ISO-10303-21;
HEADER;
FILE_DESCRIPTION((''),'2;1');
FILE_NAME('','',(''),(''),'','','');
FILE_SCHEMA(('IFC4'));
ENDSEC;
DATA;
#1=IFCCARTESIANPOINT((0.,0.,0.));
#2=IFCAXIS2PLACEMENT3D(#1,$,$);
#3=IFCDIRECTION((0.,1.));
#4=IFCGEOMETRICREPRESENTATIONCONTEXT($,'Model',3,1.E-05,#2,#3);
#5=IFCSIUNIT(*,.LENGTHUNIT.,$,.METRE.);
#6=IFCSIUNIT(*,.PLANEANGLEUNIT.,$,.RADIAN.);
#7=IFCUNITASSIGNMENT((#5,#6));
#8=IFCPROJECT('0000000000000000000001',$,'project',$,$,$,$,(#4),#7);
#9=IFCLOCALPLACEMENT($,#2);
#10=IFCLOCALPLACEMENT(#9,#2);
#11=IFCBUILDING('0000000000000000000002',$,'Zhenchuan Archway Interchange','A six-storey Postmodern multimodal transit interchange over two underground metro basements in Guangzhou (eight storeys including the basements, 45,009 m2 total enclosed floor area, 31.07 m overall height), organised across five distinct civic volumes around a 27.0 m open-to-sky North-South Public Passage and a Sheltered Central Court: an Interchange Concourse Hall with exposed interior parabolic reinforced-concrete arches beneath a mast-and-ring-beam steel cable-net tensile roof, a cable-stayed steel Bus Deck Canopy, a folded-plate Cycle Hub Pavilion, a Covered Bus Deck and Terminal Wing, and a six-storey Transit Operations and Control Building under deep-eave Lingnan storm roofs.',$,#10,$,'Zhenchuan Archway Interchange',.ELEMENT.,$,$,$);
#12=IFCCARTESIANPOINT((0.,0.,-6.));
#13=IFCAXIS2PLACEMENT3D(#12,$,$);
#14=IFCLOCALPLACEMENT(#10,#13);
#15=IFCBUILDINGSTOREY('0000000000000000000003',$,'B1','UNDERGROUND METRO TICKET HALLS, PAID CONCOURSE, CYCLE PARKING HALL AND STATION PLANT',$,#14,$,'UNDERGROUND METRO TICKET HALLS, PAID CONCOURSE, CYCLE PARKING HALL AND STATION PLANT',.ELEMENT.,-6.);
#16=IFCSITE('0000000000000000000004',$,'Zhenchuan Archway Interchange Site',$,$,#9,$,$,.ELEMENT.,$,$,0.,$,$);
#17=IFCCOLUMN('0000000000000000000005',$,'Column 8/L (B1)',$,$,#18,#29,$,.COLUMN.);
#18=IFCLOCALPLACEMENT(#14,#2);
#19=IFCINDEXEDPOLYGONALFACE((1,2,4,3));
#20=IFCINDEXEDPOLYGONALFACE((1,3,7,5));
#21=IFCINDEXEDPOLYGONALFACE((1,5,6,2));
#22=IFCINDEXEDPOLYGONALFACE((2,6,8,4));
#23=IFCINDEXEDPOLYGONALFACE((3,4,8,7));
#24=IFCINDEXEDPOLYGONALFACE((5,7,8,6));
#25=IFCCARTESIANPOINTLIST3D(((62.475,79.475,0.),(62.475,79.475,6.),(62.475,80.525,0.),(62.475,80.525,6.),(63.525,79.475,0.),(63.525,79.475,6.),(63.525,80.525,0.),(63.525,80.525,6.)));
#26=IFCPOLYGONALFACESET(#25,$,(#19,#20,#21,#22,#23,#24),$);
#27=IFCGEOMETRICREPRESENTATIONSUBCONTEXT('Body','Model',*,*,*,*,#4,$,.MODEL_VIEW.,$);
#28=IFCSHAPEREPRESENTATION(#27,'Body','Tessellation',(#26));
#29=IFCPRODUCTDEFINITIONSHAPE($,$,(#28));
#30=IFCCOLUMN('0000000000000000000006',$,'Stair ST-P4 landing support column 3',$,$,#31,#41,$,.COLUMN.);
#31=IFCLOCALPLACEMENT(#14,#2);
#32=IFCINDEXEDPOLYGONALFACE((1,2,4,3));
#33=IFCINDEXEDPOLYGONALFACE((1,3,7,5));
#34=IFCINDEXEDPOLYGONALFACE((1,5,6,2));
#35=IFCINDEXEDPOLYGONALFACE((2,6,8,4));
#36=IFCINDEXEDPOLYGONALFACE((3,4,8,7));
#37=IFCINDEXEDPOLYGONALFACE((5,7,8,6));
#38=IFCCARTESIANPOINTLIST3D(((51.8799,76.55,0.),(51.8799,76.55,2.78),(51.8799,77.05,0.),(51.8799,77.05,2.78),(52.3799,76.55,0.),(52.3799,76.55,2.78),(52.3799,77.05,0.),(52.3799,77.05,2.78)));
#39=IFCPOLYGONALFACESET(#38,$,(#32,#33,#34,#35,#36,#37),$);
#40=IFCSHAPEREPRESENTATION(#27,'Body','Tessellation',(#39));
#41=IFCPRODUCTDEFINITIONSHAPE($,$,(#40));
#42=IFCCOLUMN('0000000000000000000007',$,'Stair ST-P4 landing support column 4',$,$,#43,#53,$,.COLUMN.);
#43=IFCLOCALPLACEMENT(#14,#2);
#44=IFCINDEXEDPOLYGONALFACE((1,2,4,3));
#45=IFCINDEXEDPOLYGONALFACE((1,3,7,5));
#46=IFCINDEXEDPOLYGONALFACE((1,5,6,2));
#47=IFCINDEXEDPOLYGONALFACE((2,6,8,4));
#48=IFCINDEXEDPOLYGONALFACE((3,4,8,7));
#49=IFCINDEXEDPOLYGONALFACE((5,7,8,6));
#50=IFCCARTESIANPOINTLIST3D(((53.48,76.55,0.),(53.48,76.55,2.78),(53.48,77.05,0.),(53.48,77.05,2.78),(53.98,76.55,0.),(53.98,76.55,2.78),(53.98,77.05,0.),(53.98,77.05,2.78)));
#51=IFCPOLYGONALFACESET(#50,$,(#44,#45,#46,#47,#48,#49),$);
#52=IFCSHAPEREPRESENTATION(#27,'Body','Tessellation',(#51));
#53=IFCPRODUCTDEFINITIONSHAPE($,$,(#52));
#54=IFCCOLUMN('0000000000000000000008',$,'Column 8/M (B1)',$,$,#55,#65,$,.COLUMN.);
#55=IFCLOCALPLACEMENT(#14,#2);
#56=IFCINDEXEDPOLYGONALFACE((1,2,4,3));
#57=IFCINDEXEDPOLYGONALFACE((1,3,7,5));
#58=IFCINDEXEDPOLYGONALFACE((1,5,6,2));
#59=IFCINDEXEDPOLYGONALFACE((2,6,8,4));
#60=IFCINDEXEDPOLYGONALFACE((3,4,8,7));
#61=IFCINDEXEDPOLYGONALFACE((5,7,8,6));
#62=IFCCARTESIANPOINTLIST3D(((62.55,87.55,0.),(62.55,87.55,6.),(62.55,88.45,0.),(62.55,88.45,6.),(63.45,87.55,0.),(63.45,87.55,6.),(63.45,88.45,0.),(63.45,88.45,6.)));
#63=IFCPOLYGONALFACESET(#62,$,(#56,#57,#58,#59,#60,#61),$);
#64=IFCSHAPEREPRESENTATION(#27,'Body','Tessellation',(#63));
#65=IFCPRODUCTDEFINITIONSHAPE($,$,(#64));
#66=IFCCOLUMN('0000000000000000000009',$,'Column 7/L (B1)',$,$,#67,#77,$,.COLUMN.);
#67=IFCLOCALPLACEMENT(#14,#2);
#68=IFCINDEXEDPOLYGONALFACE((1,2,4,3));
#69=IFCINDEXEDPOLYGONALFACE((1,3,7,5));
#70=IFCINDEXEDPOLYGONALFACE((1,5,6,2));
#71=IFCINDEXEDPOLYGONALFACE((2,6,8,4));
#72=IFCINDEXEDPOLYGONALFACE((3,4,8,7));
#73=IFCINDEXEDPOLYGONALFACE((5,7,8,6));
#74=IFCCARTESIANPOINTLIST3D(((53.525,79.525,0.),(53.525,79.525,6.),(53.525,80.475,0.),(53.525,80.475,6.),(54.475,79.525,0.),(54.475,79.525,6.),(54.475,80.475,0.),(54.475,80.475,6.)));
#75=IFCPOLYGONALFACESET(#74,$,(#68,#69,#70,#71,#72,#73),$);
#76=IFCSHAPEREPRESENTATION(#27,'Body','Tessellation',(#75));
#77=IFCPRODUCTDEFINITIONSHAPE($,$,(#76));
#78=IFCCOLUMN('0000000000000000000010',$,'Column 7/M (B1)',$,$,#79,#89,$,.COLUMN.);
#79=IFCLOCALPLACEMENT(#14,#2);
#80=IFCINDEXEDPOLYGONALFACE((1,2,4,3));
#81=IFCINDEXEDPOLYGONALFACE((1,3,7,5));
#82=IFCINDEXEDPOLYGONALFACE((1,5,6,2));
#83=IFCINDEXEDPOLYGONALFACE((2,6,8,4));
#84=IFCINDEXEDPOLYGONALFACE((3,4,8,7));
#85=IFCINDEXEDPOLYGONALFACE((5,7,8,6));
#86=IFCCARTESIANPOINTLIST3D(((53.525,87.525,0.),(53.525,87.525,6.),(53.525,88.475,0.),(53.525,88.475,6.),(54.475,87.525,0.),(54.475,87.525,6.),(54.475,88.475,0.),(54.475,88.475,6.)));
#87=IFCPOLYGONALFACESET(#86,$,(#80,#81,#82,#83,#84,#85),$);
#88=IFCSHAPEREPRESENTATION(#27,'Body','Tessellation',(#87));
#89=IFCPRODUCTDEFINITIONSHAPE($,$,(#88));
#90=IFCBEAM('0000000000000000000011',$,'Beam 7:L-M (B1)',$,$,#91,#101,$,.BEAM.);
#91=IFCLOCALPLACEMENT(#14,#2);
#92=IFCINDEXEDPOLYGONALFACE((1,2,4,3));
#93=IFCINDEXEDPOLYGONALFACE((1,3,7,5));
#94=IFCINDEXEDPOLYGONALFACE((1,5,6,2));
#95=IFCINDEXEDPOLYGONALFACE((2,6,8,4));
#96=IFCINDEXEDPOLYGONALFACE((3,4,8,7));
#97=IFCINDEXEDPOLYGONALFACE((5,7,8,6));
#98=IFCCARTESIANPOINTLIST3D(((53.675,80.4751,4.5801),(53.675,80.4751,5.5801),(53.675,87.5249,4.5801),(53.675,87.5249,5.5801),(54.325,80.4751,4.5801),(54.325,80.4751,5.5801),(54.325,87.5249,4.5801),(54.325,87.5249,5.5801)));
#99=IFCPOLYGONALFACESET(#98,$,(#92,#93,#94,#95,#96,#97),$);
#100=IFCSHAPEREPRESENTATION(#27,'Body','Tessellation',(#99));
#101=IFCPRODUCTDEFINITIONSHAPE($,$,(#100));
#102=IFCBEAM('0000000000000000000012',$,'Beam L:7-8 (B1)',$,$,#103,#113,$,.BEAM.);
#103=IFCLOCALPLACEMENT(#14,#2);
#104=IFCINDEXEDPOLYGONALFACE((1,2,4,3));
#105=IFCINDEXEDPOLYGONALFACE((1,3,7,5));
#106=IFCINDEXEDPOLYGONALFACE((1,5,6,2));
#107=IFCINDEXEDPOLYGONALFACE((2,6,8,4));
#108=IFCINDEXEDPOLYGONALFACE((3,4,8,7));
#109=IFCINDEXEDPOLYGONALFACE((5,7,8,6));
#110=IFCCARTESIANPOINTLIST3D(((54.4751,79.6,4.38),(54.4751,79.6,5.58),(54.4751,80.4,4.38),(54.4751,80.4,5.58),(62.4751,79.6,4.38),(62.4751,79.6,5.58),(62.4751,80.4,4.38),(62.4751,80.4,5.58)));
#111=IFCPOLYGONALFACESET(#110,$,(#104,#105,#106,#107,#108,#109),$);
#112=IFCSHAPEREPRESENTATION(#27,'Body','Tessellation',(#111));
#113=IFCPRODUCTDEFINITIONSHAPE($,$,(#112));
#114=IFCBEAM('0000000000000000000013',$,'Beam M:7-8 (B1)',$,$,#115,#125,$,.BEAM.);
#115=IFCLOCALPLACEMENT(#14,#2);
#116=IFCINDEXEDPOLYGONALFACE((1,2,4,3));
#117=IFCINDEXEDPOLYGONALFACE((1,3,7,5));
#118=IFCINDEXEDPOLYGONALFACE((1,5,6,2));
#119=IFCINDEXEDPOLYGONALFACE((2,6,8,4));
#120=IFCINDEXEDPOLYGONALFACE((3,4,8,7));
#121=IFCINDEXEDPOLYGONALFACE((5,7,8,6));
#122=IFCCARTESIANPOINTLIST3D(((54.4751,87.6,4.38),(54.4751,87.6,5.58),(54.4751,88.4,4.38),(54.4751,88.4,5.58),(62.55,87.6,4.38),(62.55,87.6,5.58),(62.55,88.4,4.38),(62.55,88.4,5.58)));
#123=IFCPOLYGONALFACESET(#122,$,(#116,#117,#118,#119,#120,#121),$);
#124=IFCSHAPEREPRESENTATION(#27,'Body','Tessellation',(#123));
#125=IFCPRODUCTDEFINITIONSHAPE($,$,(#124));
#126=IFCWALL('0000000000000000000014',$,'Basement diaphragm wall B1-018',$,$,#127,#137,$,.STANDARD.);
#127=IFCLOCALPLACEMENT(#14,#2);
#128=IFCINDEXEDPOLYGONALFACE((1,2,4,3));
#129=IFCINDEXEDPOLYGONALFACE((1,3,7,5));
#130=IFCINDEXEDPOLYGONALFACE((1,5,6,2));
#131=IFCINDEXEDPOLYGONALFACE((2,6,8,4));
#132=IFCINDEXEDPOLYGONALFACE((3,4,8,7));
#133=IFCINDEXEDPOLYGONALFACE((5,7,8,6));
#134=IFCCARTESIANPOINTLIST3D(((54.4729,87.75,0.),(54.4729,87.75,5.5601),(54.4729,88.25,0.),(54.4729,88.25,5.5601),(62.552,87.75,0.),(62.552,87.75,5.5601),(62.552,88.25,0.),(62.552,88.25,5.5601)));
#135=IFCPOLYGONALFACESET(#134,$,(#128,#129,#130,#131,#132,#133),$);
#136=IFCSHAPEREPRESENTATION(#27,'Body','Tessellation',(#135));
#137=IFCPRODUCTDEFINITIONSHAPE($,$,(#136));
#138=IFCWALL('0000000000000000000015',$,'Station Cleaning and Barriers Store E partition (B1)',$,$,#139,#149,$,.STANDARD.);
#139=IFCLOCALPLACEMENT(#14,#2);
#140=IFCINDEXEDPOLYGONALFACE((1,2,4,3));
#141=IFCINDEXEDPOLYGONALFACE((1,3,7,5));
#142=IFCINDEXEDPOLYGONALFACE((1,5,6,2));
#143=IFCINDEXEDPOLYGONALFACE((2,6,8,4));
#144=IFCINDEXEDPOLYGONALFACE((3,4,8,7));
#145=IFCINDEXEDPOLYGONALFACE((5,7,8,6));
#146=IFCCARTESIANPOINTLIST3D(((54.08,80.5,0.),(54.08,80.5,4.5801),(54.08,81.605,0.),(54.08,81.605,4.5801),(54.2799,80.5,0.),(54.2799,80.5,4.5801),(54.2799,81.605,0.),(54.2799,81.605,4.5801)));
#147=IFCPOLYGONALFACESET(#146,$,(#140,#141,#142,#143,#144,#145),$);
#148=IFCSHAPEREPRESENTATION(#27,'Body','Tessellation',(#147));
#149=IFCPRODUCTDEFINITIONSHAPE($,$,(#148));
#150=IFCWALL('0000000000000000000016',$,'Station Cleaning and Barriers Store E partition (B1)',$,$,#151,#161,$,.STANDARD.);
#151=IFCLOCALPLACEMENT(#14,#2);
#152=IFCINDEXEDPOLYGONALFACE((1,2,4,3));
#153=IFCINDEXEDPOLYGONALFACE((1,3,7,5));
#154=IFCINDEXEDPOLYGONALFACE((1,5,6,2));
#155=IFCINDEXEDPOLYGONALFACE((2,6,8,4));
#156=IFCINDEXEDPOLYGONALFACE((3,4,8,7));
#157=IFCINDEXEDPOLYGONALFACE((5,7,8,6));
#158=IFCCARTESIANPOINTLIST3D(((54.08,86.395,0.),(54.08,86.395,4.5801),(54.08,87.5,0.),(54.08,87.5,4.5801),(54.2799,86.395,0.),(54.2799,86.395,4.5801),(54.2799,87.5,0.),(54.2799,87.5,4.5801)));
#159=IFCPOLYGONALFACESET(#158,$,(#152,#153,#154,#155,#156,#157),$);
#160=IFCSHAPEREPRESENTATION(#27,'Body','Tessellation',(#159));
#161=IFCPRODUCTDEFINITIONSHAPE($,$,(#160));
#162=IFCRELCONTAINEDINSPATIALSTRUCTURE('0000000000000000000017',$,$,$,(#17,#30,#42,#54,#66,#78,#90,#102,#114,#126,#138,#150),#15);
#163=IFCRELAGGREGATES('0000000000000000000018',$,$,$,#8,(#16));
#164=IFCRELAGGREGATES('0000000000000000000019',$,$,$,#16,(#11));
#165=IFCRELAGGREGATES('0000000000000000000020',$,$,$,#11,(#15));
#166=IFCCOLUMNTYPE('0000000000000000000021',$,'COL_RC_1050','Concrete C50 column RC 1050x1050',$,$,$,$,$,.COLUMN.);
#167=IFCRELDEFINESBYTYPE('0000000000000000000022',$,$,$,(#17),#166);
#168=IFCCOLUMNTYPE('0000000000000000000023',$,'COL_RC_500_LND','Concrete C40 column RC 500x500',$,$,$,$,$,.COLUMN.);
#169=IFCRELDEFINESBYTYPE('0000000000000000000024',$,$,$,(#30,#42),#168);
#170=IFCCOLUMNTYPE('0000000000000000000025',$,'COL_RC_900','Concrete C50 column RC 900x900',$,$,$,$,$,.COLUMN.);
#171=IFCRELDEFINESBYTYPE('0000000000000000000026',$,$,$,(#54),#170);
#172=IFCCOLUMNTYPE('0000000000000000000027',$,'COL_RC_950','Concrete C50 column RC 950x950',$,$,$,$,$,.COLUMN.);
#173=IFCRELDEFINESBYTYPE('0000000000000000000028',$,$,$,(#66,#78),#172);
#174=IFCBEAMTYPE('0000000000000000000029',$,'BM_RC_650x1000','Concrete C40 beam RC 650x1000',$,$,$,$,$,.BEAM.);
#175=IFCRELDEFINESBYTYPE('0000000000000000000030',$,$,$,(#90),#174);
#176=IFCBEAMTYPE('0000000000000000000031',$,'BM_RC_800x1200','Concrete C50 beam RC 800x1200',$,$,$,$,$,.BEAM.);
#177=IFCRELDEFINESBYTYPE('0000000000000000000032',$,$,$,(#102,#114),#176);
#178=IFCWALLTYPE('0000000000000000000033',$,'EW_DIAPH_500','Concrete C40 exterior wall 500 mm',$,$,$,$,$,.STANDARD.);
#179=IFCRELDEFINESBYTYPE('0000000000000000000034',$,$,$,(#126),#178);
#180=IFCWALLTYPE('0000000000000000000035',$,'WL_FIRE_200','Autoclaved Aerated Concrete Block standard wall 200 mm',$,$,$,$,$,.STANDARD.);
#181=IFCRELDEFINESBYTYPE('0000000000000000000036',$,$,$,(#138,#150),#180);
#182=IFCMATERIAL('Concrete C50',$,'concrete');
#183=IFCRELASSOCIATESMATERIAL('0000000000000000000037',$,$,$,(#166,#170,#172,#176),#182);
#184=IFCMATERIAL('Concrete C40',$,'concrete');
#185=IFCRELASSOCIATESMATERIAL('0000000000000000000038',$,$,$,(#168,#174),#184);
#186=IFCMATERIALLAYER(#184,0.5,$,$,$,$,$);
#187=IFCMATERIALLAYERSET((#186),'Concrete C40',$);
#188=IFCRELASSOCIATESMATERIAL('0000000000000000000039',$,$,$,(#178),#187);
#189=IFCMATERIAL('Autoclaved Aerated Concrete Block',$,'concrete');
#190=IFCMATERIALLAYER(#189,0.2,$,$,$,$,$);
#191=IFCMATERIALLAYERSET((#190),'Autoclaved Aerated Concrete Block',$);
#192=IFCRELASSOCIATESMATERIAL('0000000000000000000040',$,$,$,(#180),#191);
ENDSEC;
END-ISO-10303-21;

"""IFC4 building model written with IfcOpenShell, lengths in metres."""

from ifc_helpers import new_model, si_unit, direction, frame, frame_2d, origin, origin_2d, place, context, subcontext, project, spatial, rectangle, extrude, material, layer, layer_set, material_profile, profile_set, type_object, element, save


model = new_model("IFC4")

# Units and contexts
model_context = context("Model", 3, precision=1e-05, world=origin(), true_north=direction((0.0, 1.0)))
body_context = subcontext(model_context, "Body", "Model", "MODEL_VIEW")
ifc_project = project(units=[si_unit("LENGTHUNIT", "METRE"), si_unit("PLANEANGLEUNIT", "RADIAN")], contexts=[model_context])

# Site, building, storey
site_placement = place(None, origin())
site = spatial("IfcSite", under=ifc_project, at=site_placement, Name="Zhenchuan Archway Interchange Site", CompositionType="ELEMENT", RefElevation=0.0)
building_placement = place(site_placement, origin())
building = spatial("IfcBuilding", under=site, at=building_placement, Name="Zhenchuan Archway Interchange", Description="A six-storey Postmodern multimodal transit interchange over two underground metro basements in Guangzhou (eight storeys including the basements, 45,009 m2 total enclosed floor area, 31.07 m overall height), organised across five distinct civic volumes around a 27.0 m open-to-sky North-South Public Passage and a Sheltered Central Court: an Interchange Concourse Hall with exposed interior parabolic reinforced-concrete arches beneath a mast-and-ring-beam steel cable-net tensile roof, a cable-stayed steel Bus Deck Canopy, a folded-plate Cycle Hub Pavilion, a Covered Bus Deck and Terminal Wing, and a six-storey Transit Operations and Control Building under deep-eave Lingnan storm roofs.", LongName="Zhenchuan Archway Interchange", CompositionType="ELEMENT")
storey_placement = place(building_placement, frame((0.0, 0.0, -6.0)))
storey = spatial("IfcBuildingStorey", under=building, at=storey_placement, Name="B1", Description="UNDERGROUND METRO TICKET HALLS, PAID CONCOURSE, CYCLE PARKING HALL AND STATION PLANT", LongName="UNDERGROUND METRO TICKET HALLS, PAID CONCOURSE, CYCLE PARKING HALL AND STATION PLANT", CompositionType="ELEMENT", Elevation=-6.0)

# Columns
ifc_material_1 = material(Name="Concrete C50", Category="concrete")
ifc_material_profile_1 = material_profile(ifc_material_1, rectangle(XDim=1.05, YDim=1.05, at=origin_2d()), Name="RC 1050x1050")
ifc_profile_set_1 = profile_set([ifc_material_profile_1], Name="Concrete C50")
column_type_1 = type_object("IfcColumnType", Name="COL_RC_1050", Description="Concrete C50 column RC 1050x1050", PredefinedType="COLUMN", material=ifc_profile_set_1)
column_1_placement = place(storey_placement, frame((63.0, 80.0, 0.0), z_axis=(0.0, 0.0, 1.0), x_axis=(1.0, 0.0, 0.0)))
element("IfcColumn", 1, at=column_1_placement, inside=storey, type_object=column_type_1, Name="Column 8/L (B1)", PredefinedType="COLUMN", context=body_context, shape_type="SweptSolid", body=[
    extrude(rectangle(XDim=1.05, YDim=1.05, at=origin_2d()), origin(), (0.0, 0.0, 1.0), 6.0),
])
ifc_material_2 = material(Name="Concrete C40", Category="concrete")
ifc_material_profile_2 = material_profile(ifc_material_2, rectangle(XDim=0.5, YDim=0.5, at=origin_2d()), Name="RC 500x500")
ifc_profile_set_2 = profile_set([ifc_material_profile_2], Name="Concrete C40")
column_type_2 = type_object("IfcColumnType", Name="COL_RC_500_LND", Description="Concrete C40 column RC 500x500", PredefinedType="COLUMN", material=ifc_profile_set_2)
for number, where, z_axis, x_axis, name in (
    (2, (52.1299, 76.8, 0.0), (0.0, 0.0, 1.0), (1.0, 0.0, 0.0), "Stair ST-P4 landing support column 3"),
    (3, (53.73, 76.8, 0.0), (0.0, 0.0, 1.0), (1.0, 0.0, 0.0), "Stair ST-P4 landing support column 4"),
):
    element("IfcColumn", number, at=place(storey_placement, frame(where, z_axis=z_axis, x_axis=x_axis)), inside=storey, type_object=column_type_2, Name=name, PredefinedType="COLUMN", context=body_context, shape_type="SweptSolid", body=[
        extrude(rectangle(XDim=0.5, YDim=0.5, at=origin_2d()), origin(), (0.0, 0.0, 1.0), 2.78),
    ])
ifc_material_profile_3 = material_profile(ifc_material_1, rectangle(XDim=0.8999, YDim=0.8999, at=origin_2d()), Name="RC 900x900")
ifc_profile_set_3 = profile_set([ifc_material_profile_3], Name="Concrete C50")
column_type_3 = type_object("IfcColumnType", Name="COL_RC_900", Description="Concrete C50 column RC 900x900", PredefinedType="COLUMN", material=ifc_profile_set_3)
column_2_placement = place(storey_placement, frame((63.0, 88.0, 0.0), z_axis=(0.0, 0.0, 1.0), x_axis=(1.0, 0.0, 0.0)))
element("IfcColumn", 4, at=column_2_placement, inside=storey, type_object=column_type_3, Name="Column 8/M (B1)", PredefinedType="COLUMN", context=body_context, shape_type="SweptSolid", body=[
    extrude(rectangle(XDim=0.8999, YDim=0.8999, at=origin_2d()), origin(), (0.0, 0.0, 1.0), 6.0),
])
ifc_material_profile_4 = material_profile(ifc_material_1, rectangle(XDim=0.95, YDim=0.95, at=origin_2d()), Name="RC 950x950")
ifc_profile_set_4 = profile_set([ifc_material_profile_4], Name="Concrete C50")
column_type_4 = type_object("IfcColumnType", Name="COL_RC_950", Description="Concrete C50 column RC 950x950", PredefinedType="COLUMN", material=ifc_profile_set_4)
for number, where, z_axis, x_axis, name in (
    (5, (54.0, 80.0, 0.0), (0.0, 0.0, 1.0), (1.0, 0.0, 0.0), "Column 7/L (B1)"),
    (6, (54.0, 88.0, 0.0), (0.0, 0.0, 1.0), (1.0, 0.0, 0.0), "Column 7/M (B1)"),
):
    element("IfcColumn", number, at=place(storey_placement, frame(where, z_axis=z_axis, x_axis=x_axis)), inside=storey, type_object=column_type_4, Name=name, PredefinedType="COLUMN", context=body_context, shape_type="SweptSolid", body=[
        extrude(rectangle(XDim=0.95, YDim=0.95, at=origin_2d()), origin(), (0.0, 0.0, 1.0), 6.0),
    ])

# Beams
ifc_material_profile_5 = material_profile(ifc_material_2, rectangle(XDim=0.6499, YDim=1.0, at=origin_2d()), Name="RC 650x1000")
ifc_profile_set_5 = profile_set([ifc_material_profile_5], Name="Concrete C40")
beam_type_1 = type_object("IfcBeamType", Name="BM_RC_650x1000", Description="Concrete C40 beam RC 650x1000", PredefinedType="BEAM", material=ifc_profile_set_5)
beam_1_placement = place(storey_placement, frame((54.0, 80.4751, 5.0801), z_axis=(0.0, 1.0, 0.0), x_axis=(-1.0, 0.0, 0.0)))
element("IfcBeam", 7, at=beam_1_placement, inside=storey, type_object=beam_type_1, Name="Beam 7:L-M (B1)", PredefinedType="BEAM", context=body_context, shape_type="SweptSolid", body=[
    extrude(rectangle(XDim=0.6499, YDim=1.0, at=origin_2d()), origin(), (0.0, 0.0, 1.0), 7.0498),
])
ifc_material_profile_6 = material_profile(ifc_material_1, rectangle(XDim=0.8, YDim=1.2, at=origin_2d()), Name="RC 800x1200")
ifc_profile_set_6 = profile_set([ifc_material_profile_6], Name="Concrete C50")
beam_type_2 = type_object("IfcBeamType", Name="BM_RC_800x1200", Description="Concrete C50 beam RC 800x1200", PredefinedType="BEAM", material=ifc_profile_set_6)
beam_2_placement = place(storey_placement, frame((54.4751, 80.0, 4.98), z_axis=(1.0, 0.0, 0.0), x_axis=(0.0, 1.0, 0.0)))
element("IfcBeam", 8, at=beam_2_placement, inside=storey, type_object=beam_type_2, Name="Beam L:7-8 (B1)", PredefinedType="BEAM", context=body_context, shape_type="SweptSolid", body=[
    extrude(rectangle(XDim=0.8, YDim=1.2, at=origin_2d()), origin(), (0.0, 0.0, 1.0), 8.0),
])
beam_3_placement = place(storey_placement, frame((54.4751, 88.0, 4.98), z_axis=(1.0, 0.0, 0.0), x_axis=(0.0, 1.0, 0.0)))
element("IfcBeam", 9, at=beam_3_placement, inside=storey, type_object=beam_type_2, Name="Beam M:7-8 (B1)", PredefinedType="BEAM", context=body_context, shape_type="SweptSolid", body=[
    extrude(rectangle(XDim=0.8, YDim=1.2, at=origin_2d()), origin(), (0.0, 0.0, 1.0), 8.075),
])

# Walls
ifc_layer_1 = layer(ifc_material_2, 0.5)
ifc_layer_set_1 = layer_set([ifc_layer_1], Name="Concrete C40")
wall_type_1 = type_object("IfcWallType", Name="EW_DIAPH_500", Description="Concrete C40 exterior wall 500 mm", PredefinedType="STANDARD", material=ifc_layer_set_1)
wall_1_placement = place(storey_placement, frame((54.4729, 88.0, 0.0), z_axis=(0.0, 0.0, 1.0), x_axis=(1.0, 0.0, 0.0)))
element("IfcWall", 10, at=wall_1_placement, inside=storey, type_object=wall_type_1, Name="Basement diaphragm wall B1-018", PredefinedType="STANDARD", context=body_context, shape_type="SweptSolid", body=[
    extrude(rectangle(XDim=8.0791, YDim=0.5, at=frame_2d((4.0396, 0.0))), origin(), (0.0, 0.0, 1.0), 5.5601),
])
ifc_material_3 = material(Name="Autoclaved Aerated Concrete Block", Category="concrete")
ifc_layer_2 = layer(ifc_material_3, 0.2)
ifc_layer_set_2 = layer_set([ifc_layer_2], Name="Autoclaved Aerated Concrete Block")
wall_type_2 = type_object("IfcWallType", Name="WL_FIRE_200", Description="Autoclaved Aerated Concrete Block standard wall 200 mm", PredefinedType="STANDARD", material=ifc_layer_set_2)
for number, where, z_axis, x_axis, name in (
    (11, (54.1799, 80.5, 0.0), (0.0, 0.0, 1.0), (0.0, 1.0, 0.0), "Station Cleaning and Barriers Store E partition (B1)"),
    (12, (54.1799, 86.395, 0.0), (0.0, 0.0, 1.0), (0.0, 1.0, 0.0), "Station Cleaning and Barriers Store E partition (B1)"),
):
    element("IfcWall", number, at=place(storey_placement, frame(where, z_axis=z_axis, x_axis=x_axis)), inside=storey, type_object=wall_type_2, Name=name, PredefinedType="STANDARD", context=body_context, shape_type="SweptSolid", body=[
        extrude(rectangle(XDim=1.105, YDim=0.2, at=frame_2d((0.5525, 0.0))), origin(), (0.0, 0.0, 1.0), 4.5801),
    ])

save(model, "model.ifc")
